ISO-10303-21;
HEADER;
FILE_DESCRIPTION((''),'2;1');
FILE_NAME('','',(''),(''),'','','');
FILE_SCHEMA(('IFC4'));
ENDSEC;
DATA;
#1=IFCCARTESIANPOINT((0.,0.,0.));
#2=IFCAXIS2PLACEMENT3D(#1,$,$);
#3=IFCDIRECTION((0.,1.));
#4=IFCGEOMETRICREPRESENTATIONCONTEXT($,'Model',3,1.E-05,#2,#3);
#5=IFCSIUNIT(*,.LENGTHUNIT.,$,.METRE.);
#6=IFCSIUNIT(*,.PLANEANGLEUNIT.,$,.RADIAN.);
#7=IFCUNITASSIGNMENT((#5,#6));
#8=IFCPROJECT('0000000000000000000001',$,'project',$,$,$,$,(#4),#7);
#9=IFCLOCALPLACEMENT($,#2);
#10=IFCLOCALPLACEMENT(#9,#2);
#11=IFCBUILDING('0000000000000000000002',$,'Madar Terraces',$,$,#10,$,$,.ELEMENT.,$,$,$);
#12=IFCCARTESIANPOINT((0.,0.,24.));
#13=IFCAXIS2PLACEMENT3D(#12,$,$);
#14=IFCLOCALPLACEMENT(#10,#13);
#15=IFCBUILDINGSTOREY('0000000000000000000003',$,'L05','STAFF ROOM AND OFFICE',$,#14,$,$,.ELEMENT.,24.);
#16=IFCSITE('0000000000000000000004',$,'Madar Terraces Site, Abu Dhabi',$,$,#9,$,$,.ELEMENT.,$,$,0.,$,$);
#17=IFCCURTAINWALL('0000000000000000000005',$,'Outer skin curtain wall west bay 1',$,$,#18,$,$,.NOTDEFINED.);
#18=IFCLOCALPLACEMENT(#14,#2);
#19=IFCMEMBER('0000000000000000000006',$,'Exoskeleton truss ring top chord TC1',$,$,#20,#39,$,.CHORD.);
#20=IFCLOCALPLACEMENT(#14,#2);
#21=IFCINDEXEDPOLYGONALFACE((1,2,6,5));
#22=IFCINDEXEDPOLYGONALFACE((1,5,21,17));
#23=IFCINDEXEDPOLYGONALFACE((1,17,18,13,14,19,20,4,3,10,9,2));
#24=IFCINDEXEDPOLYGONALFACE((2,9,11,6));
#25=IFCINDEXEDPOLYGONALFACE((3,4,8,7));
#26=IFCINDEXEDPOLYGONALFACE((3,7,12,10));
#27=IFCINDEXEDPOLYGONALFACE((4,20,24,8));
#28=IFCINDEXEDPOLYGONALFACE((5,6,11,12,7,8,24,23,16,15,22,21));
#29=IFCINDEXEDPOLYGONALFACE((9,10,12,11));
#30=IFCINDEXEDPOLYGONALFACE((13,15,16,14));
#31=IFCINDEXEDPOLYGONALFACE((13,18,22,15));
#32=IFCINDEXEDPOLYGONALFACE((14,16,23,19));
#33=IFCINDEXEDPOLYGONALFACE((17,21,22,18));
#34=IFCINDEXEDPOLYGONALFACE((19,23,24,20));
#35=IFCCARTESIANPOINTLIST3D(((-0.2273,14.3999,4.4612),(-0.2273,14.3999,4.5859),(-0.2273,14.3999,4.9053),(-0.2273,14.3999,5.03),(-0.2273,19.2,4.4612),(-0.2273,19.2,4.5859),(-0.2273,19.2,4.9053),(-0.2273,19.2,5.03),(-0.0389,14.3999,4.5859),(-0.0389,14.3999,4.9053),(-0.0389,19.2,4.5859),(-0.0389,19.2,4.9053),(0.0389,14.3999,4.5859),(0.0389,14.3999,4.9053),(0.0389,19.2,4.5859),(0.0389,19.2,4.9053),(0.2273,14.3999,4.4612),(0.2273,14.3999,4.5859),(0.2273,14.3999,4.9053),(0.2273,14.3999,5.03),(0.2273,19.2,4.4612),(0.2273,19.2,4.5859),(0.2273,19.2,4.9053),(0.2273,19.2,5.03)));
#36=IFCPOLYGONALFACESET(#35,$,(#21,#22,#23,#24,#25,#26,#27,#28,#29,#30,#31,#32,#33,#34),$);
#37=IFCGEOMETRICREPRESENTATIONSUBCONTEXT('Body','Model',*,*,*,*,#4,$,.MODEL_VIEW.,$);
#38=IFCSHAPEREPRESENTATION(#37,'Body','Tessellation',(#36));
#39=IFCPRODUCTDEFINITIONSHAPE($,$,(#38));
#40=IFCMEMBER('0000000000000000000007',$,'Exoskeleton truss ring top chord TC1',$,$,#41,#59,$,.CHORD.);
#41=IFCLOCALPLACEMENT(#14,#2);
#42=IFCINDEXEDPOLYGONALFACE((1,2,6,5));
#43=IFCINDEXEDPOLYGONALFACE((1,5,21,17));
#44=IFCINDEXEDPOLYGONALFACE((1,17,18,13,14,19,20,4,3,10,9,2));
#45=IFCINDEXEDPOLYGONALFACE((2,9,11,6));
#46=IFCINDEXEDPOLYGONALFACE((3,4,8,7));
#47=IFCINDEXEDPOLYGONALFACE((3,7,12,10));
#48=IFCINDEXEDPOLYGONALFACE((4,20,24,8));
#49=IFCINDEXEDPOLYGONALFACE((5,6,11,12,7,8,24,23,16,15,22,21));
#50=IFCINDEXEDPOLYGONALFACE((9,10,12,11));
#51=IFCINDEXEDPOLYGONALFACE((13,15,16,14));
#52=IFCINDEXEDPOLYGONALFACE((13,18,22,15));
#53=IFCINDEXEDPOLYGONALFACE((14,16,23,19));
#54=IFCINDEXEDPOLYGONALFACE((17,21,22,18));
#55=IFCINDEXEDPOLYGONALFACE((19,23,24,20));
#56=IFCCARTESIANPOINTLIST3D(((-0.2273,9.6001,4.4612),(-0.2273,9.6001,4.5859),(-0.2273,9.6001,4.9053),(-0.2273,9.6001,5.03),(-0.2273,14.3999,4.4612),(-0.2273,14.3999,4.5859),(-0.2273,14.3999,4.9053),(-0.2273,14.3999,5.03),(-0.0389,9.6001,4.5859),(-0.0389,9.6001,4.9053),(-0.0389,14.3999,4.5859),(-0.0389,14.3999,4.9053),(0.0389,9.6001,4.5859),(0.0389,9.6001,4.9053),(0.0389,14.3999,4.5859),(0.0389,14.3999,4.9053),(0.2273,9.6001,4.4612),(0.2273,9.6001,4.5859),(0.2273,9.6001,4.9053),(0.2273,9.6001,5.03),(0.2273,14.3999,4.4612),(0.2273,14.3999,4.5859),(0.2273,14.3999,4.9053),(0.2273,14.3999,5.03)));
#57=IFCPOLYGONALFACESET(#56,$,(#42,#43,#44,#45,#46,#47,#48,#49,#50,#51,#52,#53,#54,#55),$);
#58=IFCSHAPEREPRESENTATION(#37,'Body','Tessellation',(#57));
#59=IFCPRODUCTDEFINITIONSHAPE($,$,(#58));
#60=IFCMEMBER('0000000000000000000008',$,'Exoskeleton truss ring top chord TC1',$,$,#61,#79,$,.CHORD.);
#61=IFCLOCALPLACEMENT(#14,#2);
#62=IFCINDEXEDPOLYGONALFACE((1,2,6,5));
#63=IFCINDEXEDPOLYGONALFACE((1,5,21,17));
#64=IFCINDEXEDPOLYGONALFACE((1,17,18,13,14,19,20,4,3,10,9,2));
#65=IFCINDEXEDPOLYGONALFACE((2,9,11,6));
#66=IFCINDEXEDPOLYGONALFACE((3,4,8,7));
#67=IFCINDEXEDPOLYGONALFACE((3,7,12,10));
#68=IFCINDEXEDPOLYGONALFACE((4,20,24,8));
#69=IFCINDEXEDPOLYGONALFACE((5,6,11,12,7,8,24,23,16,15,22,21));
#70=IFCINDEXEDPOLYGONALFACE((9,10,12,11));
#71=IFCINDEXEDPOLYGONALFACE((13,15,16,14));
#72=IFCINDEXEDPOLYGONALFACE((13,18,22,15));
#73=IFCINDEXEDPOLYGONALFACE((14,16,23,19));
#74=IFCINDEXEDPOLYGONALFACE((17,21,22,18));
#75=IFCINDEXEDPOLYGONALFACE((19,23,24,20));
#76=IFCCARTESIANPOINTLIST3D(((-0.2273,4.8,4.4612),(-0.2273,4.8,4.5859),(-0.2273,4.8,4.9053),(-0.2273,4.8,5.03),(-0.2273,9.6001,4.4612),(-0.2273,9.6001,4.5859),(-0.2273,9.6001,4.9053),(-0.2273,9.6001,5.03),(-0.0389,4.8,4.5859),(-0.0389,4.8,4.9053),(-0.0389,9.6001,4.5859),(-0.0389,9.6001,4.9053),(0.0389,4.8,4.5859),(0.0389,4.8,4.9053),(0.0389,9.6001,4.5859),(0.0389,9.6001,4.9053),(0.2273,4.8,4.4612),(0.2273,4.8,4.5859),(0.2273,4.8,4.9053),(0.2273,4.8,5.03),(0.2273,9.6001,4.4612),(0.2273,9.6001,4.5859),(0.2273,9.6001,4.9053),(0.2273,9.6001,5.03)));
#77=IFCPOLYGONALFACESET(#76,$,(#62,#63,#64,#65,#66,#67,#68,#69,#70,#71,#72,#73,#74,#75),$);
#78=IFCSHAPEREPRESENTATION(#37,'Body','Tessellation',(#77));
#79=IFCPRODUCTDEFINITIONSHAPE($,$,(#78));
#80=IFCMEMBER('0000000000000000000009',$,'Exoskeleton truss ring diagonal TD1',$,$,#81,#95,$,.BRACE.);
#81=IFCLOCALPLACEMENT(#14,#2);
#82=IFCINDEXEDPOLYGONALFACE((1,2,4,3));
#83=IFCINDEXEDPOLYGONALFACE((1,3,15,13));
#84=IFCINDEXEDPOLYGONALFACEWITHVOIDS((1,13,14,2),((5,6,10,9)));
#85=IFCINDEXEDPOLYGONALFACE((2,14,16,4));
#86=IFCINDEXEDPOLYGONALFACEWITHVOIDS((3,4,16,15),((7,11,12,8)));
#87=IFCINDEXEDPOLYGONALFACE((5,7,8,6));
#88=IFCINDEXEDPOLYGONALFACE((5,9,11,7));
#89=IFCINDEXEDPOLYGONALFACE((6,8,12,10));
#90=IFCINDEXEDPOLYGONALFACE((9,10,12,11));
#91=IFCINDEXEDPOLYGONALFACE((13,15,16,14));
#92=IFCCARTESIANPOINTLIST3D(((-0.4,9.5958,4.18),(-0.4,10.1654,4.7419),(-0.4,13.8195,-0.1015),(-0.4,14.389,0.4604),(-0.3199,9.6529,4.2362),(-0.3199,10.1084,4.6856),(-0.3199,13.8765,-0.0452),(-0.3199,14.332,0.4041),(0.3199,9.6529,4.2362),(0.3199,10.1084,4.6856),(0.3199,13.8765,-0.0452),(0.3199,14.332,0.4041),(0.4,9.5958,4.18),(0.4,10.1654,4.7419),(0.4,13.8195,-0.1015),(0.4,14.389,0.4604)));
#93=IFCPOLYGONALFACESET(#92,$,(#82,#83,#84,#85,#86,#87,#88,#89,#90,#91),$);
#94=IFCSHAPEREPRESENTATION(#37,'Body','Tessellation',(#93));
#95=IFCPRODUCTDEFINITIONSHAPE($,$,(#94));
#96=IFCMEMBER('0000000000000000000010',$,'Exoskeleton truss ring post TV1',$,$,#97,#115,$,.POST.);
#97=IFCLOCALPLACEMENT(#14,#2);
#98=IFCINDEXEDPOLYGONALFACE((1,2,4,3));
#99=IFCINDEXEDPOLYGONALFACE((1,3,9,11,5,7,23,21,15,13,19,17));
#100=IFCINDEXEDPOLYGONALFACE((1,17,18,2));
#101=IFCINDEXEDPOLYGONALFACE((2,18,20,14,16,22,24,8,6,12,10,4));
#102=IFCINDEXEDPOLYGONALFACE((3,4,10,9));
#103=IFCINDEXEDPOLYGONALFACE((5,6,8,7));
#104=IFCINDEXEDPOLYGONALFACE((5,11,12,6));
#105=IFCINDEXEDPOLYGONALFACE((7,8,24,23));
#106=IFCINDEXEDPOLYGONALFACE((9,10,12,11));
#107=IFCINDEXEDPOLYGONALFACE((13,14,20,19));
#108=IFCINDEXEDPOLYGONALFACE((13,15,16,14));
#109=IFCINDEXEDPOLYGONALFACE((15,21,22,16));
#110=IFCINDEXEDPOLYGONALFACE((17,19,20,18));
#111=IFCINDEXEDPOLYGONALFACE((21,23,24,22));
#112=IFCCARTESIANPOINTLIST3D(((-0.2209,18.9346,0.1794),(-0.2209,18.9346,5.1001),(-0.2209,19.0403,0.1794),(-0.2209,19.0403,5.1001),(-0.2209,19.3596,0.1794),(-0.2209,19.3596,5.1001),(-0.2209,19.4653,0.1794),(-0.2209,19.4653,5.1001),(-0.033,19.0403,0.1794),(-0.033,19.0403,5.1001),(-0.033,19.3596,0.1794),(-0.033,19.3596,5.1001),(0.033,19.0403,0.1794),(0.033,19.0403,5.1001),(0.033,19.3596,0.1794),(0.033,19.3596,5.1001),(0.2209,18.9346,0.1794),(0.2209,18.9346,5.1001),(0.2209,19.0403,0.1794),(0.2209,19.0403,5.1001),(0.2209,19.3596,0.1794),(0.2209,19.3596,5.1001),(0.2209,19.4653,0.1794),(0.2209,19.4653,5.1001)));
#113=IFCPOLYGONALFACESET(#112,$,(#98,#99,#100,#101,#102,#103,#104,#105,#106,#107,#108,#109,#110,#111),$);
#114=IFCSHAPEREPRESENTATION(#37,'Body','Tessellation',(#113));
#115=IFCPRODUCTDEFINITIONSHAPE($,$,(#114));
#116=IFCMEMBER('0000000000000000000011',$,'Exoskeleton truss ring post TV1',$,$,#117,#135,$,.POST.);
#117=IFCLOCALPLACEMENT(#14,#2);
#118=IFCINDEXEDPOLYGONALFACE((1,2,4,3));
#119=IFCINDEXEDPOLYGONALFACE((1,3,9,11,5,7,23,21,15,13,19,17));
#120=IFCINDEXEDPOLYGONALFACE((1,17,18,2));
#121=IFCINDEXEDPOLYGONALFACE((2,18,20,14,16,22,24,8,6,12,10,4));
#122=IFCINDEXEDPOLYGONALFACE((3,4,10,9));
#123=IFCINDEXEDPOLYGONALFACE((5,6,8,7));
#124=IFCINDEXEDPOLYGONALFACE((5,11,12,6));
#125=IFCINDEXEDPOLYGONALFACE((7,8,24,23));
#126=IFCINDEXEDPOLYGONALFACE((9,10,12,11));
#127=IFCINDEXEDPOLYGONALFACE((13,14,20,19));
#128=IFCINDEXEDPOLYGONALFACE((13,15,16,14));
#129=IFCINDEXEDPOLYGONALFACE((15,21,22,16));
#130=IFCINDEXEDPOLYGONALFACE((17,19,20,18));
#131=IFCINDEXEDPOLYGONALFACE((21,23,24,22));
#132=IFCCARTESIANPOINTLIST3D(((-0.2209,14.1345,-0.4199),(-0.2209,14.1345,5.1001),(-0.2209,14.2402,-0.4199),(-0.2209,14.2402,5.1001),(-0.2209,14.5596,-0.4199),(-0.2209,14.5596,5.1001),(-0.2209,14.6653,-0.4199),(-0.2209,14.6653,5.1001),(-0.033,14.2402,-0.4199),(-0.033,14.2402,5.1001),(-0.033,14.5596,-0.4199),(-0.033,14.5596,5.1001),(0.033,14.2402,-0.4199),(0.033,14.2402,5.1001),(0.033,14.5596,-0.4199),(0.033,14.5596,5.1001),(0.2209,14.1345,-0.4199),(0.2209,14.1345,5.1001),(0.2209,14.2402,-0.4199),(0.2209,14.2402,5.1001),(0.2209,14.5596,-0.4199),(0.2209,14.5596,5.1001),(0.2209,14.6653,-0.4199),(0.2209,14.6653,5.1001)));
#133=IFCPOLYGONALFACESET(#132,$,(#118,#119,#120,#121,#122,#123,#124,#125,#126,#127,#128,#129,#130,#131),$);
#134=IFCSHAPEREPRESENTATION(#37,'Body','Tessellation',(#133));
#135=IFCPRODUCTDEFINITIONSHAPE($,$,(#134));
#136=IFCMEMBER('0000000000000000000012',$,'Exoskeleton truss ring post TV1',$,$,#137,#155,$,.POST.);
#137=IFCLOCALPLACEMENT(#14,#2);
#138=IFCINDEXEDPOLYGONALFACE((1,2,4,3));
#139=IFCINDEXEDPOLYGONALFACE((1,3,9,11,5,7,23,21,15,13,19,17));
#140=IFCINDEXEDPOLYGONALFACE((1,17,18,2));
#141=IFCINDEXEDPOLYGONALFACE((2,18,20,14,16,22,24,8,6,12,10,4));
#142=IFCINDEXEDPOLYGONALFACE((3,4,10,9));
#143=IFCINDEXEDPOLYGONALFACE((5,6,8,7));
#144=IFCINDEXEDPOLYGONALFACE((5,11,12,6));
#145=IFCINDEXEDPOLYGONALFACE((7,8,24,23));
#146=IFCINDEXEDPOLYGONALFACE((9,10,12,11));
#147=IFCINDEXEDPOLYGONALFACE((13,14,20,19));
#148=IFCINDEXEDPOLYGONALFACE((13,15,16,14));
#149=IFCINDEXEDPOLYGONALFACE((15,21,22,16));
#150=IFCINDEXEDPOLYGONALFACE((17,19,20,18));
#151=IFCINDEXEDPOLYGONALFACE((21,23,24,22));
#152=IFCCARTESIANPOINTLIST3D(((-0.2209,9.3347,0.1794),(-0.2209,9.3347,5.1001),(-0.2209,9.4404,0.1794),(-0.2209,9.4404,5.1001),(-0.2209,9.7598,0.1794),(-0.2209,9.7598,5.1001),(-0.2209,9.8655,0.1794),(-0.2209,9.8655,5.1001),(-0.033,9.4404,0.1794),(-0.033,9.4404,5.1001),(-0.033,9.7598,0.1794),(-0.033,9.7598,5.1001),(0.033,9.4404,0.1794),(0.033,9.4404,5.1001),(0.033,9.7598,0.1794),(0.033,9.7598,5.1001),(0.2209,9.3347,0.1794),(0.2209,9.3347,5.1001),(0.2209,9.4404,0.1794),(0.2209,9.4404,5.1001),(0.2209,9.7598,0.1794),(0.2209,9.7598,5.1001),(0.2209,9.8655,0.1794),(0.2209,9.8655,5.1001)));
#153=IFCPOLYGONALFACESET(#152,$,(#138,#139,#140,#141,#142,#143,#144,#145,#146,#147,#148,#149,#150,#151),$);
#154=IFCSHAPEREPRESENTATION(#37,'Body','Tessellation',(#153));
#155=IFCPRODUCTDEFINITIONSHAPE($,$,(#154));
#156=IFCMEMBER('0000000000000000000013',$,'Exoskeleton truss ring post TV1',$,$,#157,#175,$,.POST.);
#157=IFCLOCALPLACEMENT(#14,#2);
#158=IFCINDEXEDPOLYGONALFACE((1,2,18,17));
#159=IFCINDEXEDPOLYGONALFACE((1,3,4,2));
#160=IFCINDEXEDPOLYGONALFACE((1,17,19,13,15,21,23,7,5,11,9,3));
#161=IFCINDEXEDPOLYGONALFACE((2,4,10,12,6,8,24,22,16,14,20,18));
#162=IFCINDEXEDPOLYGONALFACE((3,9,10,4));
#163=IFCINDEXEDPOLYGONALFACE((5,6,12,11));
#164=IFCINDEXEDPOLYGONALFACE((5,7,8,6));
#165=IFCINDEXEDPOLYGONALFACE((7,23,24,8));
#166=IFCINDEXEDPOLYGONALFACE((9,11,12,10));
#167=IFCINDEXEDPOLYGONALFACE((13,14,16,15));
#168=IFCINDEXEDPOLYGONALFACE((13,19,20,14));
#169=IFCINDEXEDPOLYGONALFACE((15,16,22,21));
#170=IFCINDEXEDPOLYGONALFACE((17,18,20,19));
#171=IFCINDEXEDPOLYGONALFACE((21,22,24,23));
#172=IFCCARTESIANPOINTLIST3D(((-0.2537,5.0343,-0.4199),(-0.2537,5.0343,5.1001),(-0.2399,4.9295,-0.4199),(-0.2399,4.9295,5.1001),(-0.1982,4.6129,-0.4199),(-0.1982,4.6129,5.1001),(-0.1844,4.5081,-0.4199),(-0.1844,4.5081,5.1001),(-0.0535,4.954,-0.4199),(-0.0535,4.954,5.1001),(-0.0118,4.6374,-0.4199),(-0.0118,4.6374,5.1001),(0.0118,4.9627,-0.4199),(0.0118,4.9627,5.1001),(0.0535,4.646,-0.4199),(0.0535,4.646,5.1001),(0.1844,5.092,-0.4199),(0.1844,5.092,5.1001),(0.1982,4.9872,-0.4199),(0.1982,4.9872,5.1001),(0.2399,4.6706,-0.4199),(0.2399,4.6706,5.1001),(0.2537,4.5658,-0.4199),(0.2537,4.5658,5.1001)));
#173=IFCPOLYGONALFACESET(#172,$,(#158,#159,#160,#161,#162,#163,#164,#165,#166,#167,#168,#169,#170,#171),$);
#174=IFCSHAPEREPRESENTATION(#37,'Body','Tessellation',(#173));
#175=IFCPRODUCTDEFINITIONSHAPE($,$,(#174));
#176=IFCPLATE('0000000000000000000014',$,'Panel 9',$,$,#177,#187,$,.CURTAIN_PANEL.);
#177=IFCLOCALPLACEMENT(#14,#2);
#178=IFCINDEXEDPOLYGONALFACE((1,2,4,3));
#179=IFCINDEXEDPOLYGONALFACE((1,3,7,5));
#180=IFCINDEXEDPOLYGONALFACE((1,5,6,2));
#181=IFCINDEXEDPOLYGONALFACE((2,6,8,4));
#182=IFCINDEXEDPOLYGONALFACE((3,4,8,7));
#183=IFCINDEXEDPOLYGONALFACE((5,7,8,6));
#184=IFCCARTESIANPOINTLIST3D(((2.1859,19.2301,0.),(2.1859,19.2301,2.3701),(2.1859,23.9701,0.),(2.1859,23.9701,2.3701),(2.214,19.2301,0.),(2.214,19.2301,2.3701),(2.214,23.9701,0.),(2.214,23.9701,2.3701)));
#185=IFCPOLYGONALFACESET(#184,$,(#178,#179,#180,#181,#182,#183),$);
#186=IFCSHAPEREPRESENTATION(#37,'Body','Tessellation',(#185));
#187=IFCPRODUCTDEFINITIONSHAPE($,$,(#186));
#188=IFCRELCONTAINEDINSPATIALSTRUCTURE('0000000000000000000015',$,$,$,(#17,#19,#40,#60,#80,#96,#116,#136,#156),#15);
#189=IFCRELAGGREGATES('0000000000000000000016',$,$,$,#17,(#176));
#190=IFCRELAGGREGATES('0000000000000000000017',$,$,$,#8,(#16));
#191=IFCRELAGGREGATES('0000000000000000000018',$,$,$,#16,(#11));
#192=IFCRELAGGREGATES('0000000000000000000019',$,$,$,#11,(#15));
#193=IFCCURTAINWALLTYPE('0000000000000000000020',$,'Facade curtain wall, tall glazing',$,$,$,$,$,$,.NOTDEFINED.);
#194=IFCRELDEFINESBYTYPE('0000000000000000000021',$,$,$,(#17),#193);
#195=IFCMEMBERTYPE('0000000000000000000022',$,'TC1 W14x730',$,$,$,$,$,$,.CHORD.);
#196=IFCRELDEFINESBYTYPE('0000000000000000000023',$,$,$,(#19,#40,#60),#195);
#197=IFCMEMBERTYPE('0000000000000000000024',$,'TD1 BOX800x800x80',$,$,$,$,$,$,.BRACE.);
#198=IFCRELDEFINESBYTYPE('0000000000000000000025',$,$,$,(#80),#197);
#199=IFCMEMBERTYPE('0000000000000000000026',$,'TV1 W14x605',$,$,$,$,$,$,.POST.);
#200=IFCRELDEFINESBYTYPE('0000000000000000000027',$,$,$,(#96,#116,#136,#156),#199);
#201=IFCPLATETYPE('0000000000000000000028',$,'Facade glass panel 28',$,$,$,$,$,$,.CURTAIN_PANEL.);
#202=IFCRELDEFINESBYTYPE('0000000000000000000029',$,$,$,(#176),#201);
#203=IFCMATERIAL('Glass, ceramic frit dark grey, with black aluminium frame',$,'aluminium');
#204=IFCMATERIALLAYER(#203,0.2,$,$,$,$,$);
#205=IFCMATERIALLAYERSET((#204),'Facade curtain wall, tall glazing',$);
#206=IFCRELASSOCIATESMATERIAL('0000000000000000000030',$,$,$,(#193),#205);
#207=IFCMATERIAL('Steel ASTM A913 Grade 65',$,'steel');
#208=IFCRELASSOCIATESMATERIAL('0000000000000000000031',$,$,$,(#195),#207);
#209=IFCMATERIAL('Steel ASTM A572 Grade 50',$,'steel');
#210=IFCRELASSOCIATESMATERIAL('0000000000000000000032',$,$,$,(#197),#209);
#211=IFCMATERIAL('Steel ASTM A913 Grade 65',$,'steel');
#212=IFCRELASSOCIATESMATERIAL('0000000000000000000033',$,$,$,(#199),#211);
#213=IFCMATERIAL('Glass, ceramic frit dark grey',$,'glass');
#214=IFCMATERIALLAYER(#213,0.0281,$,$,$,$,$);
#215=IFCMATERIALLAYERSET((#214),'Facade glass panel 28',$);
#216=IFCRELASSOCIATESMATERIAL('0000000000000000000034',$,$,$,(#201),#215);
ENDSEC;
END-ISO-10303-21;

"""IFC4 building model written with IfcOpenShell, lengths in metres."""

from ifc_helpers import new_model, si_unit, direction, frame, origin, origin_2d, place, context, subcontext, project, spatial, rectangle, hollow_rectangle, i_section, extrude, material, layer, layer_set, material_profile, profile_set, type_object, element, aggregate, save


model = new_model("IFC4")

# Units and contexts
model_context = context("Model", 3, precision=1e-05, world=origin(), true_north=direction((0.0, 1.0)))
body_context = subcontext(model_context, "Body", "Model", "MODEL_VIEW")
ifc_project = project(units=[si_unit("LENGTHUNIT", "METRE"), si_unit("PLANEANGLEUNIT", "RADIAN")], contexts=[model_context])

# Site, building, storey
site_placement = place(None, origin())
site = spatial("IfcSite", under=ifc_project, at=site_placement, Name="Madar Terraces Site, Abu Dhabi", CompositionType="ELEMENT", RefElevation=0.0)
building_placement = place(site_placement, origin())
building = spatial("IfcBuilding", under=site, at=building_placement, Name="Madar Terraces", CompositionType="ELEMENT")
storey_placement = place(building_placement, frame((0.0, 0.0, 24.0)))
storey = spatial("IfcBuildingStorey", under=building, at=storey_placement, Name="L05", Description="STAFF ROOM AND OFFICE", CompositionType="ELEMENT", Elevation=24.0)

# Curtain wall
ifc_material_1 = material(Name="Glass, ceramic frit dark grey, with black aluminium frame", Category="aluminium")
ifc_layer_1 = layer(ifc_material_1, 0.2)
ifc_layer_set_1 = layer_set([ifc_layer_1], Name="Facade curtain wall, tall glazing")
curtain_wall_type = type_object("IfcCurtainWallType", Name="Facade curtain wall, tall glazing", PredefinedType="NOTDEFINED", material=ifc_layer_set_1)
curtain_wall_1_placement = place(storey_placement, origin())
curtain_wall_1 = element("IfcCurtainWall", 1, at=curtain_wall_1_placement, inside=storey, type_object=curtain_wall_type, Name="Outer skin curtain wall west bay 1", PredefinedType="NOTDEFINED")

# Members
ifc_material_2 = material(Name="Steel ASTM A913 Grade 65", Category="steel")
ifc_material_profile_1 = material_profile(ifc_material_2, i_section(OverallWidth=0.4546, OverallDepth=0.5688, WebThickness=0.0779, FlangeThickness=0.1248, at=origin_2d()), Name="W14x730")
ifc_profile_set_1 = profile_set([ifc_material_profile_1], Name="Steel ASTM A913 Grade 65")
member_type_1 = type_object("IfcMemberType", Name="TC1 W14x730", PredefinedType="CHORD", material=ifc_profile_set_1)
member_1_placement = place(storey_placement, frame((0.0, 19.2, 4.7456), z_axis=(0.0, -1.0, 0.0), x_axis=(1.0, 0.0, 0.0)))
element("IfcMember", 2, at=member_1_placement, inside=storey, type_object=member_type_1, Name="Exoskeleton truss ring top chord TC1", PredefinedType="CHORD", context=body_context, shape_type="SweptSolid", body=[
    extrude(i_section(OverallWidth=0.4546, OverallDepth=0.5688, WebThickness=0.0779, FlangeThickness=0.1248, at=origin_2d()), origin(), (0.0, 0.0, 1.0), 4.8),
])
member_2_placement = place(storey_placement, frame((0.0, 14.3999, 4.7456), z_axis=(0.0, -1.0, 0.0), x_axis=(1.0, 0.0, 0.0)))
element("IfcMember", 3, at=member_2_placement, inside=storey, type_object=member_type_1, Name="Exoskeleton truss ring top chord TC1", PredefinedType="CHORD", context=body_context, shape_type="SweptSolid", body=[
    extrude(i_section(OverallWidth=0.4546, OverallDepth=0.5688, WebThickness=0.0779, FlangeThickness=0.1248, at=origin_2d()), origin(), (0.0, 0.0, 1.0), 4.7998),
])
member_3_placement = place(storey_placement, frame((0.0, 9.6001, 4.7456), z_axis=(0.0, -1.0, 0.0), x_axis=(1.0, 0.0, 0.0)))
element("IfcMember", 4, at=member_3_placement, inside=storey, type_object=member_type_1, Name="Exoskeleton truss ring top chord TC1", PredefinedType="CHORD", context=body_context, shape_type="SweptSolid", body=[
    extrude(i_section(OverallWidth=0.4546, OverallDepth=0.5688, WebThickness=0.0779, FlangeThickness=0.1248, at=origin_2d()), origin(), (0.0, 0.0, 1.0), 4.8),
])
ifc_material_3 = material(Name="Steel ASTM A572 Grade 50", Category="steel")
ifc_material_profile_2 = material_profile(ifc_material_3, hollow_rectangle(XDim=0.8, YDim=0.8, WallThickness=0.0801, at=origin_2d()), Name="BOX800x800x80")
ifc_profile_set_2 = profile_set([ifc_material_profile_2], Name="Steel ASTM A572 Grade 50")
member_type_2 = type_object("IfcMemberType", Name="TD1 BOX800x800x80", PredefinedType="BRACE", material=ifc_profile_set_2)
member_4_placement = place(storey_placement, frame((0.0, 14.1042, 0.1794), z_axis=(0.0, -0.70228, 0.711901), x_axis=(1.0, 0.0, 0.0)))
element("IfcMember", 5, at=member_4_placement, inside=storey, type_object=member_type_2, Name="Exoskeleton truss ring diagonal TD1", PredefinedType="BRACE", context=body_context, shape_type="SweptSolid", body=[
    extrude(hollow_rectangle(XDim=0.8, YDim=0.8, WallThickness=0.0801, at=origin_2d()), origin(), (0.0, 0.0, 1.0), 6.0142),
])
ifc_material_4 = material(Name="Steel ASTM A913 Grade 65", Category="steel")
ifc_material_profile_3 = material_profile(ifc_material_4, i_section(OverallWidth=0.4419, OverallDepth=0.5308, WebThickness=0.0659, FlangeThickness=0.1057, at=origin_2d()), Name="W14x605")
ifc_profile_set_3 = profile_set([ifc_material_profile_3], Name="Steel ASTM A913 Grade 65")
member_type_3 = type_object("IfcMemberType", Name="TV1 W14x605", PredefinedType="POST", material=ifc_profile_set_3)
member_5_placement = place(storey_placement, frame((0.0, 19.2, 0.1794), z_axis=(0.0, 0.0, 1.0), x_axis=(1.0, 0.0, 0.0)))
element("IfcMember", 6, at=member_5_placement, inside=storey, type_object=member_type_3, Name="Exoskeleton truss ring post TV1", PredefinedType="POST", context=body_context, shape_type="SweptSolid", body=[
    extrude(i_section(OverallWidth=0.4419, OverallDepth=0.5308, WebThickness=0.0659, FlangeThickness=0.1057, at=origin_2d()), origin(), (0.0, 0.0, 1.0), 4.9207),
])
member_6_placement = place(storey_placement, frame((0.0, 14.3999, -0.4199), z_axis=(0.0, 0.0, 1.0), x_axis=(1.0, 0.0, 0.0)))
element("IfcMember", 7, at=member_6_placement, inside=storey, type_object=member_type_3, Name="Exoskeleton truss ring post TV1", PredefinedType="POST", context=body_context, shape_type="SweptSolid", body=[
    extrude(i_section(OverallWidth=0.4419, OverallDepth=0.5308, WebThickness=0.0659, FlangeThickness=0.1057, at=origin_2d()), origin(), (0.0, 0.0, 1.0), 5.52),
])
member_7_placement = place(storey_placement, frame((0.0, 9.6001, 0.1794), z_axis=(0.0, 0.0, 1.0), x_axis=(1.0, 0.0, 0.0)))
element("IfcMember", 8, at=member_7_placement, inside=storey, type_object=member_type_3, Name="Exoskeleton truss ring post TV1", PredefinedType="POST", context=body_context, shape_type="SweptSolid", body=[
    extrude(i_section(OverallWidth=0.4419, OverallDepth=0.5308, WebThickness=0.0659, FlangeThickness=0.1057, at=origin_2d()), origin(), (0.0, 0.0, 1.0), 4.9207),
])
member_8_placement = place(storey_placement, frame((0.0, 4.8, -0.4199), z_axis=(0.0, 0.0, 1.0), x_axis=(0.991445, 0.130526, 0.0)))
element("IfcMember", 9, at=member_8_placement, inside=storey, type_object=member_type_3, Name="Exoskeleton truss ring post TV1", PredefinedType="POST", context=body_context, shape_type="SweptSolid", body=[
    extrude(i_section(OverallWidth=0.4419, OverallDepth=0.5308, WebThickness=0.0659, FlangeThickness=0.1057, at=origin_2d()), origin(), (0.0, 0.0, 1.0), 5.52),
])

# Plate
ifc_material_5 = material(Name="Glass, ceramic frit dark grey", Category="glass")
ifc_layer_2 = layer(ifc_material_5, 0.0281)
ifc_layer_set_2 = layer_set([ifc_layer_2], Name="Facade glass panel 28")
plate_type = type_object("IfcPlateType", Name="Facade glass panel 28", PredefinedType="CURTAIN_PANEL", material=ifc_layer_set_2)
plate_1_placement = place(storey_placement, frame((2.2, 21.6001, 0.0), z_axis=(0.0, 0.0, 1.0), x_axis=(0.0, -1.0, 0.0)))
plate_1 = element("IfcPlate", 10, at=plate_1_placement, type_object=plate_type, Name="Panel 9", PredefinedType="CURTAIN_PANEL", context=body_context, shape_type="SweptSolid", body=[
    extrude(rectangle(XDim=4.74, YDim=0.0281, at=origin_2d()), origin(), (0.0, 0.0, 1.0), 2.3701),
])
aggregate(curtain_wall_1, [plate_1])

save(model, "model.ifc")
